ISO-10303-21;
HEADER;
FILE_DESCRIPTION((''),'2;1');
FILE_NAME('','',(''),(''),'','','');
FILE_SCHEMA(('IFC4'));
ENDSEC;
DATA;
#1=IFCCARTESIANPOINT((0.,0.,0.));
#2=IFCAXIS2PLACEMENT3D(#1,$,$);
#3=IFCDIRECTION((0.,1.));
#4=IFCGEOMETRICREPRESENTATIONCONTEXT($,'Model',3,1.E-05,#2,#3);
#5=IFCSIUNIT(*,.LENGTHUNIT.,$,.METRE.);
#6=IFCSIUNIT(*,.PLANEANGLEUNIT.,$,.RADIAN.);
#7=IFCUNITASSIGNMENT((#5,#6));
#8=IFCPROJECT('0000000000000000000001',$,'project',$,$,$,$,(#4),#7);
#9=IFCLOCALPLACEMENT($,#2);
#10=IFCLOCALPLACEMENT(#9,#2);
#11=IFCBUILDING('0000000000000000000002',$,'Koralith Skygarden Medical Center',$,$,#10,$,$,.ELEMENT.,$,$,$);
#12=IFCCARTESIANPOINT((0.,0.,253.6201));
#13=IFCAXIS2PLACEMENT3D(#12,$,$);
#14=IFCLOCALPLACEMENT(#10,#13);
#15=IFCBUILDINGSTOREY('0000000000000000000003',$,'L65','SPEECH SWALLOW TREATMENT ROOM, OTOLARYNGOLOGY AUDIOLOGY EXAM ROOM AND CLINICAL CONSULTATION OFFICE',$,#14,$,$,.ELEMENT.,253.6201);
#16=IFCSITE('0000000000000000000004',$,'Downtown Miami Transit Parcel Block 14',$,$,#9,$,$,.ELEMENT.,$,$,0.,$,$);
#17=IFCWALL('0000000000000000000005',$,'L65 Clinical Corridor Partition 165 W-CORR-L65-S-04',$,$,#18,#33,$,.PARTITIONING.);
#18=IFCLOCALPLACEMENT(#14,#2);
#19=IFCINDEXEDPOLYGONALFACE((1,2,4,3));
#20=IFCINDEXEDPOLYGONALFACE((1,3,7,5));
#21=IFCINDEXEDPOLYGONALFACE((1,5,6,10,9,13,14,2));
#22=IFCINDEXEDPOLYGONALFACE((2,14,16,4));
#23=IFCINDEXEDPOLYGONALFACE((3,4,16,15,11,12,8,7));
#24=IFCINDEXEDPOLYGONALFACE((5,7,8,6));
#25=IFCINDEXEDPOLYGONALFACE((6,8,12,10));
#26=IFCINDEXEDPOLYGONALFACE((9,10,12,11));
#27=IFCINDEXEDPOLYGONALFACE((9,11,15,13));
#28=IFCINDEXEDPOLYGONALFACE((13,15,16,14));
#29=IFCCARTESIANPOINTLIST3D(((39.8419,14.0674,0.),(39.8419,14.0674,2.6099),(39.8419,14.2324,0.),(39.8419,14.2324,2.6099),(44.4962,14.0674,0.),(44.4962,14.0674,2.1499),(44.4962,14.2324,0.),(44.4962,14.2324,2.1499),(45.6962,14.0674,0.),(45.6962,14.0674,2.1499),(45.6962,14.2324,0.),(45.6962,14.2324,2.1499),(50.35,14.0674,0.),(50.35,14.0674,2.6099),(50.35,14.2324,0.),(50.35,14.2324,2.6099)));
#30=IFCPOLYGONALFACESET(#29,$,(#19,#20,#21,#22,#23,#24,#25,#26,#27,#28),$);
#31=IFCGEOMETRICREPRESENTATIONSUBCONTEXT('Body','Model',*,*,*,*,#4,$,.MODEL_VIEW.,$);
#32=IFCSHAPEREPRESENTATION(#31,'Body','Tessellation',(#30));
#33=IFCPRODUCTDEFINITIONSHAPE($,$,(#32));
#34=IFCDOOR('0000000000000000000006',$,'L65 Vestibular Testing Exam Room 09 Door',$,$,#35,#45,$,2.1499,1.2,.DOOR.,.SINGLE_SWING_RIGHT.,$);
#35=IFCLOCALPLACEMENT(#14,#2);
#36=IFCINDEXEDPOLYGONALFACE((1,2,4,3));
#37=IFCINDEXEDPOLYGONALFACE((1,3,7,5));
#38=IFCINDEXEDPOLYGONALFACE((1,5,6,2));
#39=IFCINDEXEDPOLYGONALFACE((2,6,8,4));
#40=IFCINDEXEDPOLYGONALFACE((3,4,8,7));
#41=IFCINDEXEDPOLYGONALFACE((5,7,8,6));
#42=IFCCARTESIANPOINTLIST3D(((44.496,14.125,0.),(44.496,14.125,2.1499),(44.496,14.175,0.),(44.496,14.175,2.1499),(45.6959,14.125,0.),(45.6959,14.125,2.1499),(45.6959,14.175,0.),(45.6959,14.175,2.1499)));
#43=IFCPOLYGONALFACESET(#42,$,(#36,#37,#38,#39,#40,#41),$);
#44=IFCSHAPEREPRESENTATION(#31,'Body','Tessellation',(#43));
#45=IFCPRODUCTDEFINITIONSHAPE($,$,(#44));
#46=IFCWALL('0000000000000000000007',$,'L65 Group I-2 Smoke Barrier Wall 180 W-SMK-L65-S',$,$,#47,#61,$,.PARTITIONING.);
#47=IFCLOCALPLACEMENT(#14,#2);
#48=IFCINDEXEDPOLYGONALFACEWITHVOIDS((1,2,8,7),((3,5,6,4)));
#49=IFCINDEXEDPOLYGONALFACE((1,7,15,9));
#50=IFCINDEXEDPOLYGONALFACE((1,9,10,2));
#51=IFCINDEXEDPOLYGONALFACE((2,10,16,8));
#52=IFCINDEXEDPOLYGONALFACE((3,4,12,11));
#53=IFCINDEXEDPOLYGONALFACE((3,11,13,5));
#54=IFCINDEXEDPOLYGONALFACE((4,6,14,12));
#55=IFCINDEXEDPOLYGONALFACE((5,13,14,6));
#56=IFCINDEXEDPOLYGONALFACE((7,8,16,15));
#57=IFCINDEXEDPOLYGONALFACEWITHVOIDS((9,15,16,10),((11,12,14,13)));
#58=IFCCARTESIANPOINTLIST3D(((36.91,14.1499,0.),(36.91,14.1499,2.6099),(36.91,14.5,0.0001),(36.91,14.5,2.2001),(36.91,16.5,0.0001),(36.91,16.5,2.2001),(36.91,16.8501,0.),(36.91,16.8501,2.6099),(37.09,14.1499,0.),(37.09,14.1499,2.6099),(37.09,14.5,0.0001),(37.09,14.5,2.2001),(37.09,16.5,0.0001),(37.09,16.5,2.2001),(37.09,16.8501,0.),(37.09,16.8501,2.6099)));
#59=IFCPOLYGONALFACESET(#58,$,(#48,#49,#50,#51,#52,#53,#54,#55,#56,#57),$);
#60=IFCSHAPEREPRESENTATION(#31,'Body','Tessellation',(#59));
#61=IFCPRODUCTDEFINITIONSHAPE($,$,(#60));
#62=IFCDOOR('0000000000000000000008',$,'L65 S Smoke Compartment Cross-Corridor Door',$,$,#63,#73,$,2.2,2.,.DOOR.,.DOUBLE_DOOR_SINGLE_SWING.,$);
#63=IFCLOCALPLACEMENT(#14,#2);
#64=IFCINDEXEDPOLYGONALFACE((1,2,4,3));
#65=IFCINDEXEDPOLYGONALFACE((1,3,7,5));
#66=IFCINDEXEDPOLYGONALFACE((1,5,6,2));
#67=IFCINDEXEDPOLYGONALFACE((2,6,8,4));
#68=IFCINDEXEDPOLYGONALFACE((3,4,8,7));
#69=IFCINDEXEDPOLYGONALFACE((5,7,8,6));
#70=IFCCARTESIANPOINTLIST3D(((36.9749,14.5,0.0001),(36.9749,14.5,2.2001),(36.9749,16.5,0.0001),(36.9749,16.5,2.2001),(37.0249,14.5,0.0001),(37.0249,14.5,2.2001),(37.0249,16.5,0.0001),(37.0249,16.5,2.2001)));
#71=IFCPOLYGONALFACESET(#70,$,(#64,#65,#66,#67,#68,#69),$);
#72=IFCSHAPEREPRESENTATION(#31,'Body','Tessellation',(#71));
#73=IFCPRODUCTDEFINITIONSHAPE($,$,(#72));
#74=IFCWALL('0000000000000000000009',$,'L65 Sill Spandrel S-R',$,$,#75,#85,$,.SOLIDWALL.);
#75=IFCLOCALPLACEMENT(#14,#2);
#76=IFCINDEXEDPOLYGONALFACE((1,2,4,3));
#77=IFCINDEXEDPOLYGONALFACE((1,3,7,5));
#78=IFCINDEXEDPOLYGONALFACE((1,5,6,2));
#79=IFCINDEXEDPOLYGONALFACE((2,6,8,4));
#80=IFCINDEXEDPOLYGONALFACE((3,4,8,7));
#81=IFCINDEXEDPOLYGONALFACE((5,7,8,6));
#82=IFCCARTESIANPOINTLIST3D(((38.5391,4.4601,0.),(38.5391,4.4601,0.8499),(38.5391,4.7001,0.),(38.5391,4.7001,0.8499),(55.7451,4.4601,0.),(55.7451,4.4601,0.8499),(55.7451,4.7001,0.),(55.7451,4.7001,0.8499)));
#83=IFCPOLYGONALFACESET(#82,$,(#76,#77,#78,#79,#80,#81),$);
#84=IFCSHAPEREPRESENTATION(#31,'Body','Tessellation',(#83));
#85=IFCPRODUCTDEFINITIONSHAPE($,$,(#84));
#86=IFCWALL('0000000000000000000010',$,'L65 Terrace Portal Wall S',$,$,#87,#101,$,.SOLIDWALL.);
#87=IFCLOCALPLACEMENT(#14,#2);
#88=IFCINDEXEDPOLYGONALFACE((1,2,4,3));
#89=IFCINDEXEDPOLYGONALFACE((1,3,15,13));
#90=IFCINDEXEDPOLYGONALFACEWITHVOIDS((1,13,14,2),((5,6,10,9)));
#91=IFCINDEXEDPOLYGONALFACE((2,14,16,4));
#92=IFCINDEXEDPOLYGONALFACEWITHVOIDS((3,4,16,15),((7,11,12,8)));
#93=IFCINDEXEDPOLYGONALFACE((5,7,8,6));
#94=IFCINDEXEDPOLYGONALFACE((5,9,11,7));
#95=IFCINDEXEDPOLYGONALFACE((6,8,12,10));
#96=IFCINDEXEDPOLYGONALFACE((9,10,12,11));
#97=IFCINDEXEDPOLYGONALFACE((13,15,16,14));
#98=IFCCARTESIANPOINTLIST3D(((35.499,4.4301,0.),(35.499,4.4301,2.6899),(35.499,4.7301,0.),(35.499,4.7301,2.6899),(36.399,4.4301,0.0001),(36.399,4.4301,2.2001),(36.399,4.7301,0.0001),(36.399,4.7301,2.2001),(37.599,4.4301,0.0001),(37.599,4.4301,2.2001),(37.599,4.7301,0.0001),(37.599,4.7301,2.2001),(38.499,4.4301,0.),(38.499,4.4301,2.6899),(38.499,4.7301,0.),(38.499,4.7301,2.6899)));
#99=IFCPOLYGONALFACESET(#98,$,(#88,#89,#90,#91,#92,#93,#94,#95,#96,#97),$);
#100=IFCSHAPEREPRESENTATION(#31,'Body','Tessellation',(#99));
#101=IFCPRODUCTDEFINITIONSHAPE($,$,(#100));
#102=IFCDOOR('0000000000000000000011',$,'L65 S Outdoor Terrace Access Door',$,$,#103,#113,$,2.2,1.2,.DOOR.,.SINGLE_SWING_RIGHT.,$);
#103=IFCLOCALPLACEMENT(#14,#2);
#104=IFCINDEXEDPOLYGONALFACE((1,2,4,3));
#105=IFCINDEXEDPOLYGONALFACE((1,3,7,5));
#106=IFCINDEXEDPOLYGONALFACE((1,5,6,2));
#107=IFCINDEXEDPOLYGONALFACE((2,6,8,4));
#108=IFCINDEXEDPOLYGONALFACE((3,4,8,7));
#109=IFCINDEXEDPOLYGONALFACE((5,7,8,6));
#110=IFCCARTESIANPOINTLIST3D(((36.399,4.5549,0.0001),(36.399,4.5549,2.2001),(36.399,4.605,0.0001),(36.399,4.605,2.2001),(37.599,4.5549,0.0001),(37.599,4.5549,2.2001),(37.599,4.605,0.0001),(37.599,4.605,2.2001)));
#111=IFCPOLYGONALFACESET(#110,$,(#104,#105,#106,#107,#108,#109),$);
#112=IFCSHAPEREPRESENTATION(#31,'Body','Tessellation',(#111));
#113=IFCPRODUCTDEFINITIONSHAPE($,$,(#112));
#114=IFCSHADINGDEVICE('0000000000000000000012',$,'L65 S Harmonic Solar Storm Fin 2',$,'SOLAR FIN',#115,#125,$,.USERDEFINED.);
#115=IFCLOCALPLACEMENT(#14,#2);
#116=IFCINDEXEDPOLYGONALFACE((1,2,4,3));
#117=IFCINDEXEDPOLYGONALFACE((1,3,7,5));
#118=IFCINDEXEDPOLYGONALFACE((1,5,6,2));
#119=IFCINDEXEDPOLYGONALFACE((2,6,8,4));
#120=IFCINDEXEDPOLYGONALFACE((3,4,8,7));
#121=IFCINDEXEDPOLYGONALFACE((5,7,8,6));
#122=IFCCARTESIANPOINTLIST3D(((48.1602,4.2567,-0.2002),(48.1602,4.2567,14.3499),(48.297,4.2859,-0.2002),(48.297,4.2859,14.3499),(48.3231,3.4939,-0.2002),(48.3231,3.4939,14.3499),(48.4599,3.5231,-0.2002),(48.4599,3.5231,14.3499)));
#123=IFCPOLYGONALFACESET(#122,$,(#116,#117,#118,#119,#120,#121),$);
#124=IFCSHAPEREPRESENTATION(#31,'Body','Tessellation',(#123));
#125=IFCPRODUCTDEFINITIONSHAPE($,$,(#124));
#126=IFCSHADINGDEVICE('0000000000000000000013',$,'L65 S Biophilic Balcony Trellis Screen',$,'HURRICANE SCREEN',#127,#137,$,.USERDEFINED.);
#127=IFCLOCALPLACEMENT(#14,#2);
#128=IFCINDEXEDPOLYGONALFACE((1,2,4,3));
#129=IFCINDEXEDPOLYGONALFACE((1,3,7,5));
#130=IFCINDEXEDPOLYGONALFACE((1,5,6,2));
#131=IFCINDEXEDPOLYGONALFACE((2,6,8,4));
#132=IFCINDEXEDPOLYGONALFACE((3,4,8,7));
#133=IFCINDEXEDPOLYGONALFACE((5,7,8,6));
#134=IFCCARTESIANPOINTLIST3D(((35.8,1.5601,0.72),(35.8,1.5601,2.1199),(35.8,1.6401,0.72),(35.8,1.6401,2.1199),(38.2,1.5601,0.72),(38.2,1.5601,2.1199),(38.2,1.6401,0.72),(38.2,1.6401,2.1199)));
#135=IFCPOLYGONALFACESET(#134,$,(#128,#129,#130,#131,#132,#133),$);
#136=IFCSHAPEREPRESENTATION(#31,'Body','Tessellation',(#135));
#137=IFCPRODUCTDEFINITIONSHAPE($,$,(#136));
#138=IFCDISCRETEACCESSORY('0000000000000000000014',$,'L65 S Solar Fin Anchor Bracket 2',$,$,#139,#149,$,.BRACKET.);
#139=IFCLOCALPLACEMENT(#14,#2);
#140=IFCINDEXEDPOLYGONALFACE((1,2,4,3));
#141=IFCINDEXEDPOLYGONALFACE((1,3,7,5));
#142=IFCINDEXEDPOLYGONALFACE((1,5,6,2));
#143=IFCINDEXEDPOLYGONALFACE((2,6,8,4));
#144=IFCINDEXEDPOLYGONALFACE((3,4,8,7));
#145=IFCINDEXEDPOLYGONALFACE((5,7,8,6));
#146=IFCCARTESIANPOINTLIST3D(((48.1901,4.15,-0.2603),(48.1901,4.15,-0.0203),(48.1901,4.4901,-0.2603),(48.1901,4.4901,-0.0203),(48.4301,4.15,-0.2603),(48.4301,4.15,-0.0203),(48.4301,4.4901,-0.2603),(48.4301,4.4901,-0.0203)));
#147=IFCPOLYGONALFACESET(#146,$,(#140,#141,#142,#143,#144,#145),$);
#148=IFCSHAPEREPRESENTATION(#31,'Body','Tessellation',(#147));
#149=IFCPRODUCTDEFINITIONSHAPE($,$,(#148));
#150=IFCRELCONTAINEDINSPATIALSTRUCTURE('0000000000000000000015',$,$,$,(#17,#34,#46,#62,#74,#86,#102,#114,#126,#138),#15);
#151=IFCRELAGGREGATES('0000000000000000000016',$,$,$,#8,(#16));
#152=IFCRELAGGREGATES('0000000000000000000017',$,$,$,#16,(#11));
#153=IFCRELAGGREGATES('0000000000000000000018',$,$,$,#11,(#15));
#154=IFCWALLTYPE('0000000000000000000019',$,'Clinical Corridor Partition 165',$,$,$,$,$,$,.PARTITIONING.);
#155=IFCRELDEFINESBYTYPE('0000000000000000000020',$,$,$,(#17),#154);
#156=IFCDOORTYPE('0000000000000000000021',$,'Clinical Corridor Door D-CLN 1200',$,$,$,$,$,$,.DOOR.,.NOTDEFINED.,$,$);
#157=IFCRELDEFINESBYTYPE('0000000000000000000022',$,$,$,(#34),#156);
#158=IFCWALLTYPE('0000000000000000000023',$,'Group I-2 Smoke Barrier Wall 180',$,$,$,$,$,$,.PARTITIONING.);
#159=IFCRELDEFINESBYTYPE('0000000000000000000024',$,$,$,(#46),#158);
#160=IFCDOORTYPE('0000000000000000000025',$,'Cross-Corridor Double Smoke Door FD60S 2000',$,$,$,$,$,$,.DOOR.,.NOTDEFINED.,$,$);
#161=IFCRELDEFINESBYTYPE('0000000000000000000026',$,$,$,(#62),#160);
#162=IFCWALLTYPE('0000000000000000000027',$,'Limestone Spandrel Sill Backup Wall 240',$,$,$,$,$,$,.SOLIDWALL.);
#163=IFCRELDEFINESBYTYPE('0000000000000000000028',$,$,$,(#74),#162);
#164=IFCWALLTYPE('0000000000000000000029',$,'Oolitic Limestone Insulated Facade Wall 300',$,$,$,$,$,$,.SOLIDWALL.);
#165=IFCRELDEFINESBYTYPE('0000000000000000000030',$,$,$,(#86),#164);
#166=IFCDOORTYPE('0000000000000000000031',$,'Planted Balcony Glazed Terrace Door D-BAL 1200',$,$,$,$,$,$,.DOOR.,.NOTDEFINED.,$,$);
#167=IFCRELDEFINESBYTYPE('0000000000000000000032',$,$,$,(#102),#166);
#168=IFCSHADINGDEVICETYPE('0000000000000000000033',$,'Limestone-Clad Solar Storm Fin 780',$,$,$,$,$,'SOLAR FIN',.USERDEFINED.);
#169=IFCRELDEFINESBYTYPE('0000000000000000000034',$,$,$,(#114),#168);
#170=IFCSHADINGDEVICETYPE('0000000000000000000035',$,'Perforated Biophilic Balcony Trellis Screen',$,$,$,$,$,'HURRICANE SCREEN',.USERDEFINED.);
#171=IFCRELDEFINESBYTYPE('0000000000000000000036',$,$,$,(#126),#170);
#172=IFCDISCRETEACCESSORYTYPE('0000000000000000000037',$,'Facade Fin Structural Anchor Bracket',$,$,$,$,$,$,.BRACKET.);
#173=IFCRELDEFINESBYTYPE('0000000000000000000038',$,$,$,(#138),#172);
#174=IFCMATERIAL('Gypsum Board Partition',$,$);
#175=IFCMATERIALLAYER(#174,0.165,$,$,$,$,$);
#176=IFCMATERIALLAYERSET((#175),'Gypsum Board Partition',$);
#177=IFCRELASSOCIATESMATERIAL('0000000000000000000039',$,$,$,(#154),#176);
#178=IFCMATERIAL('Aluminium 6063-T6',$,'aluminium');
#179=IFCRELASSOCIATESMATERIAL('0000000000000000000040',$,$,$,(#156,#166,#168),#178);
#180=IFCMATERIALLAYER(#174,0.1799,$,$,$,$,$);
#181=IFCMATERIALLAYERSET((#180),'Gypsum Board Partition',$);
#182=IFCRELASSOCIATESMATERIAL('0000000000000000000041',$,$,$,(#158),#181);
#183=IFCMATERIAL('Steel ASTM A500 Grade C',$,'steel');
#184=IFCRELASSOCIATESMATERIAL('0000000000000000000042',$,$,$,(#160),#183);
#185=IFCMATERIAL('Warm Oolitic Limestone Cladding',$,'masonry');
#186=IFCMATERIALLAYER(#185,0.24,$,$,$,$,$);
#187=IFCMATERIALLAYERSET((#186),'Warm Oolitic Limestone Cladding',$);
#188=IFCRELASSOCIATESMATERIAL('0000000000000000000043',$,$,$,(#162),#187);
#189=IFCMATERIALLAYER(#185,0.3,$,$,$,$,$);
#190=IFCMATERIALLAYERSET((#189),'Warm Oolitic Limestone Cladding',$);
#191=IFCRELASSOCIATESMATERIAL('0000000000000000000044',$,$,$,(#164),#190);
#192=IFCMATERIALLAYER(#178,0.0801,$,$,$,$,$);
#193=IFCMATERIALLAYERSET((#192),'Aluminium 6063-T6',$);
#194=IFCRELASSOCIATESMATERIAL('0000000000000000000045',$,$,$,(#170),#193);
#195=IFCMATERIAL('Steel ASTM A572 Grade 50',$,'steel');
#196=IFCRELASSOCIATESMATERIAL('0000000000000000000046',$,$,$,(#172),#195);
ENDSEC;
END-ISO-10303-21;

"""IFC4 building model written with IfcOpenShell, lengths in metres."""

from ifc_helpers import new_model, si_unit, direction, frame, frame_2d, origin, origin_2d, place, context, subcontext, project, spatial, rectangle, extrude, material, layer, layer_set, type_object, element, fill, save


model = new_model("IFC4")

# Units and contexts
model_context = context("Model", 3, precision=1e-05, world=origin(), true_north=direction((0.0, 1.0)))
body_context = subcontext(model_context, "Body", "Model", "MODEL_VIEW")
ifc_project = project(units=[si_unit("LENGTHUNIT", "METRE"), si_unit("PLANEANGLEUNIT", "RADIAN")], contexts=[model_context])

# Site, building, storey
site_placement = place(None, origin())
site = spatial("IfcSite", under=ifc_project, at=site_placement, Name="Downtown Miami Transit Parcel Block 14", CompositionType="ELEMENT", RefElevation=0.0)
building_placement = place(site_placement, origin())
building = spatial("IfcBuilding", under=site, at=building_placement, Name="Koralith Skygarden Medical Center", CompositionType="ELEMENT")
storey_placement = place(building_placement, frame((0.0, 0.0, 253.6201)))
storey = spatial("IfcBuildingStorey", under=building, at=storey_placement, Name="L65", Description="SPEECH SWALLOW TREATMENT ROOM, OTOLARYNGOLOGY AUDIOLOGY EXAM ROOM AND CLINICAL CONSULTATION OFFICE", CompositionType="ELEMENT", Elevation=253.6201)

# Shared definitions
ifc_material_1 = material(Name="Aluminium 6063-T6", Category="aluminium")

# Shared definitions
ifc_material_2 = material(Name="Gypsum Board Partition")

# Walls, openings, doors
ifc_layer_1 = layer(ifc_material_2, 0.165)
ifc_layer_set_1 = layer_set([ifc_layer_1], Name="Gypsum Board Partition")
wall_type_1 = type_object("IfcWallType", Name="Clinical Corridor Partition 165", PredefinedType="PARTITIONING", material=ifc_layer_set_1)
wall_1_placement = place(storey_placement, frame((39.842, 14.1499, 0.0), z_axis=(0.0, 0.0, 1.0), x_axis=(1.0, 0.0, 0.0)))
wall_1 = element("IfcWall", 1, at=wall_1_placement, inside=storey, type_object=wall_type_1, Name="L65 Clinical Corridor Partition 165 W-CORR-L65-S-04", PredefinedType="PARTITIONING", context=body_context, shape_type="SweptSolid", body=[
    extrude(rectangle(XDim=10.5081, YDim=0.165, at=frame_2d((5.2539, 0.0))), origin(), (0.0, 0.0, 1.0), 2.6099),
])
opening_1_placement = place(wall_1_placement, frame((4.6541, 0.0, 0.0)))
opening_1 = element("IfcOpeningElement", 2, at=opening_1_placement, cuts=wall_1, PredefinedType="OPENING", context=body_context, shape_type="SweptSolid", body=[
    extrude(rectangle(XDim=1.2, YDim=2.1499, at=frame_2d((0.6001, 1.075))), frame((0.0, 0.0925, 0.0), z_axis=(0.0, -1.0, 0.0), x_axis=(1.0, 0.0, 0.0)), (0.0, 0.0, 1.0), 0.1851),
])
door_type_1 = type_object("IfcDoorType", Name="Clinical Corridor Door D-CLN 1200", OperationType="NOTDEFINED", PredefinedType="DOOR", material=ifc_material_1)
door_1_placement = place(opening_1_placement, frame((1.2, 0.0, 0.0), z_axis=(0.0, 0.0, 1.0), x_axis=(-1.0, 0.0, 0.0)))
door_1 = element("IfcDoor", 3, at=door_1_placement, inside=storey, type_object=door_type_1, Name="L65 Vestibular Testing Exam Room 09 Door", OperationType="SINGLE_SWING_RIGHT", OverallHeight=2.1499, OverallWidth=1.2, PredefinedType="DOOR", context=body_context, shape_type="SweptSolid", body=[
    extrude(rectangle(XDim=1.2, YDim=2.1499, at=frame_2d((0.6001, 1.075))), frame((0.0, 0.0249, 0.0), z_axis=(0.0, -1.0, 0.0), x_axis=(1.0, 0.0, 0.0)), (0.0, 0.0, 1.0), 0.05),
])
fill(opening_1, door_1)
ifc_layer_2 = layer(ifc_material_2, 0.1799)
ifc_layer_set_2 = layer_set([ifc_layer_2], Name="Gypsum Board Partition")
wall_type_2 = type_object("IfcWallType", Name="Group I-2 Smoke Barrier Wall 180", PredefinedType="PARTITIONING", material=ifc_layer_set_2)
wall_2_placement = place(storey_placement, frame((37.0, 14.1499, 0.0), z_axis=(0.0, 0.0, 1.0), x_axis=(0.0, 1.0, 0.0)))
wall_2 = element("IfcWall", 4, at=wall_2_placement, inside=storey, type_object=wall_type_2, Name="L65 Group I-2 Smoke Barrier Wall 180 W-SMK-L65-S", PredefinedType="PARTITIONING", context=body_context, shape_type="SweptSolid", body=[
    extrude(rectangle(XDim=2.7002, YDim=0.1799, at=frame_2d((1.3501, 0.0))), origin(), (0.0, 0.0, 1.0), 2.6099),
])
opening_2_placement = place(wall_2_placement, frame((0.3501, 0.0, 0.0)))
opening_2 = element("IfcOpeningElement", 5, at=opening_2_placement, cuts=wall_2, PredefinedType="OPENING", context=body_context, shape_type="SweptSolid", body=[
    extrude(rectangle(XDim=2.0, YDim=2.2, at=frame_2d((1.0, 1.1001))), frame((0.0, 0.0999, 0.0), z_axis=(0.0, -1.0, 0.0), x_axis=(1.0, 0.0, 0.0)), (0.0, 0.0, 1.0), 0.2),
])
ifc_material_3 = material(Name="Steel ASTM A500 Grade C", Category="steel")
door_type_2 = type_object("IfcDoorType", Name="Cross-Corridor Double Smoke Door FD60S 2000", OperationType="NOTDEFINED", PredefinedType="DOOR", material=ifc_material_3)
door_2_placement = place(opening_2_placement, frame((2.0, 0.0, 0.0), z_axis=(0.0, 0.0, 1.0), x_axis=(-1.0, 0.0, 0.0)))
door_2 = element("IfcDoor", 6, at=door_2_placement, inside=storey, type_object=door_type_2, Name="L65 S Smoke Compartment Cross-Corridor Door", OperationType="DOUBLE_DOOR_SINGLE_SWING", OverallHeight=2.2, OverallWidth=2.0, PredefinedType="DOOR", context=body_context, shape_type="SweptSolid", body=[
    extrude(rectangle(XDim=2.0, YDim=2.2, at=frame_2d((1.0, 1.1001))), frame((0.0, 0.0249, 0.0), z_axis=(0.0, -1.0, 0.0), x_axis=(1.0, 0.0, 0.0)), (0.0, 0.0, 1.0), 0.05),
])
fill(opening_2, door_2)

# Wall
ifc_material_4 = material(Name="Warm Oolitic Limestone Cladding", Category="masonry")
ifc_layer_3 = layer(ifc_material_4, 0.24)
ifc_layer_set_3 = layer_set([ifc_layer_3], Name="Warm Oolitic Limestone Cladding")
wall_type_3 = type_object("IfcWallType", Name="Limestone Spandrel Sill Backup Wall 240", PredefinedType="SOLIDWALL", material=ifc_layer_set_3)
wall_3_placement = place(storey_placement, frame((38.5391, 4.5801, 0.0), z_axis=(0.0, 0.0, 1.0), x_axis=(1.0, 0.0, 0.0)))
element("IfcWall", 7, at=wall_3_placement, inside=storey, type_object=wall_type_3, Name="L65 Sill Spandrel S-R", PredefinedType="SOLIDWALL", context=body_context, shape_type="SweptSolid", body=[
    extrude(rectangle(XDim=17.2061, YDim=0.24, at=frame_2d((8.603, 0.0))), origin(), (0.0, 0.0, 1.0), 0.8499),
])

# Wall, opening, door
ifc_layer_4 = layer(ifc_material_4, 0.3)
ifc_layer_set_4 = layer_set([ifc_layer_4], Name="Warm Oolitic Limestone Cladding")
wall_type_4 = type_object("IfcWallType", Name="Oolitic Limestone Insulated Facade Wall 300", PredefinedType="SOLIDWALL", material=ifc_layer_set_4)
wall_4_placement = place(storey_placement, frame((35.499, 4.5801, 0.0), z_axis=(0.0, 0.0, 1.0), x_axis=(1.0, 0.0, 0.0)))
wall_4 = element("IfcWall", 8, at=wall_4_placement, inside=storey, type_object=wall_type_4, Name="L65 Terrace Portal Wall S", PredefinedType="SOLIDWALL", context=body_context, shape_type="SweptSolid", body=[
    extrude(rectangle(XDim=3.0, YDim=0.3, at=frame_2d((1.5, 0.0))), origin(), (0.0, 0.0, 1.0), 2.6899),
])
opening_3_placement = place(wall_4_placement, frame((0.8999, 0.0, 0.0)))
opening_3 = element("IfcOpeningElement", 9, at=opening_3_placement, cuts=wall_4, PredefinedType="OPENING", context=body_context, shape_type="SweptSolid", body=[
    extrude(rectangle(XDim=1.2, YDim=2.2, at=frame_2d((0.6001, 1.1001))), frame((0.0, 0.1599, 0.0), z_axis=(0.0, -1.0, 0.0), x_axis=(1.0, 0.0, 0.0)), (0.0, 0.0, 1.0), 0.3201),
])
door_type_3 = type_object("IfcDoorType", Name="Planted Balcony Glazed Terrace Door D-BAL 1200", OperationType="NOTDEFINED", PredefinedType="DOOR", material=ifc_material_1)
door_3_placement = place(opening_3_placement, origin())
door_3 = element("IfcDoor", 10, at=door_3_placement, inside=storey, type_object=door_type_3, Name="L65 S Outdoor Terrace Access Door", OperationType="SINGLE_SWING_RIGHT", OverallHeight=2.2, OverallWidth=1.2, PredefinedType="DOOR", context=body_context, shape_type="SweptSolid", body=[
    extrude(rectangle(XDim=1.2, YDim=2.2, at=frame_2d((0.6001, 1.1001))), frame((0.0, 0.0249, 0.0), z_axis=(0.0, -1.0, 0.0), x_axis=(1.0, 0.0, 0.0)), (0.0, 0.0, 1.0), 0.05),
])
fill(opening_3, door_3)

# Shading devices
shading_device_type_1 = type_object("IfcShadingDeviceType", Name="Limestone-Clad Solar Storm Fin 780", ElementType="SOLAR FIN", PredefinedType="USERDEFINED", material=ifc_material_1)
shading_device_1_placement = place(storey_placement, frame((48.3101, 3.8899, -0.2002), z_axis=(0.0, 0.0, 1.0), x_axis=(0.208902, -0.977937, 0.0)))
element("IfcShadingDevice", 11, at=shading_device_1_placement, inside=storey, type_object=shading_device_type_1, Name="L65 S Harmonic Solar Storm Fin 2", ObjectType="SOLAR FIN", PredefinedType="USERDEFINED", context=body_context, shape_type="SweptSolid", body=[
    extrude(rectangle(XDim=0.78, YDim=0.1399, at=origin_2d()), origin(), (0.0, 0.0, 1.0), 14.55),
])
ifc_layer_5 = layer(ifc_material_1, 0.0801)
ifc_layer_set_5 = layer_set([ifc_layer_5], Name="Aluminium 6063-T6")
shading_device_type_2 = type_object("IfcShadingDeviceType", Name="Perforated Biophilic Balcony Trellis Screen", ElementType="HURRICANE SCREEN", PredefinedType="USERDEFINED", material=ifc_layer_set_5)
shading_device_2_placement = place(storey_placement, frame((37.0, 1.6001, 0.72), z_axis=(0.0, 0.0, 1.0), x_axis=(1.0, 0.0, 0.0)))
element("IfcShadingDevice", 12, at=shading_device_2_placement, inside=storey, type_object=shading_device_type_2, Name="L65 S Biophilic Balcony Trellis Screen", ObjectType="HURRICANE SCREEN", PredefinedType="USERDEFINED", context=body_context, shape_type="SweptSolid", body=[
    extrude(rectangle(XDim=2.3999, YDim=0.0801, at=origin_2d()), origin(), (0.0, 0.0, 1.0), 1.3999),
])

# Discrete accessory
ifc_material_5 = material(Name="Steel ASTM A572 Grade 50", Category="steel")
discrete_accessory_type = type_object("IfcDiscreteAccessoryType", Name="Facade Fin Structural Anchor Bracket", PredefinedType="BRACKET", material=ifc_material_5)
discrete_accessory_placement = place(storey_placement, frame((48.3101, 4.3201, -0.2603), z_axis=(0.0, 0.0, 1.0), x_axis=(0.0, -1.0, 0.0)))
element("IfcDiscreteAccessory", 13, at=discrete_accessory_placement, inside=storey, type_object=discrete_accessory_type, Name="L65 S Solar Fin Anchor Bracket 2", PredefinedType="BRACKET", context=body_context, shape_type="SweptSolid", body=[
    extrude(rectangle(XDim=0.3401, YDim=0.24, at=origin_2d()), origin(), (0.0, 0.0, 1.0), 0.24),
])

save(model, "model.ifc")
